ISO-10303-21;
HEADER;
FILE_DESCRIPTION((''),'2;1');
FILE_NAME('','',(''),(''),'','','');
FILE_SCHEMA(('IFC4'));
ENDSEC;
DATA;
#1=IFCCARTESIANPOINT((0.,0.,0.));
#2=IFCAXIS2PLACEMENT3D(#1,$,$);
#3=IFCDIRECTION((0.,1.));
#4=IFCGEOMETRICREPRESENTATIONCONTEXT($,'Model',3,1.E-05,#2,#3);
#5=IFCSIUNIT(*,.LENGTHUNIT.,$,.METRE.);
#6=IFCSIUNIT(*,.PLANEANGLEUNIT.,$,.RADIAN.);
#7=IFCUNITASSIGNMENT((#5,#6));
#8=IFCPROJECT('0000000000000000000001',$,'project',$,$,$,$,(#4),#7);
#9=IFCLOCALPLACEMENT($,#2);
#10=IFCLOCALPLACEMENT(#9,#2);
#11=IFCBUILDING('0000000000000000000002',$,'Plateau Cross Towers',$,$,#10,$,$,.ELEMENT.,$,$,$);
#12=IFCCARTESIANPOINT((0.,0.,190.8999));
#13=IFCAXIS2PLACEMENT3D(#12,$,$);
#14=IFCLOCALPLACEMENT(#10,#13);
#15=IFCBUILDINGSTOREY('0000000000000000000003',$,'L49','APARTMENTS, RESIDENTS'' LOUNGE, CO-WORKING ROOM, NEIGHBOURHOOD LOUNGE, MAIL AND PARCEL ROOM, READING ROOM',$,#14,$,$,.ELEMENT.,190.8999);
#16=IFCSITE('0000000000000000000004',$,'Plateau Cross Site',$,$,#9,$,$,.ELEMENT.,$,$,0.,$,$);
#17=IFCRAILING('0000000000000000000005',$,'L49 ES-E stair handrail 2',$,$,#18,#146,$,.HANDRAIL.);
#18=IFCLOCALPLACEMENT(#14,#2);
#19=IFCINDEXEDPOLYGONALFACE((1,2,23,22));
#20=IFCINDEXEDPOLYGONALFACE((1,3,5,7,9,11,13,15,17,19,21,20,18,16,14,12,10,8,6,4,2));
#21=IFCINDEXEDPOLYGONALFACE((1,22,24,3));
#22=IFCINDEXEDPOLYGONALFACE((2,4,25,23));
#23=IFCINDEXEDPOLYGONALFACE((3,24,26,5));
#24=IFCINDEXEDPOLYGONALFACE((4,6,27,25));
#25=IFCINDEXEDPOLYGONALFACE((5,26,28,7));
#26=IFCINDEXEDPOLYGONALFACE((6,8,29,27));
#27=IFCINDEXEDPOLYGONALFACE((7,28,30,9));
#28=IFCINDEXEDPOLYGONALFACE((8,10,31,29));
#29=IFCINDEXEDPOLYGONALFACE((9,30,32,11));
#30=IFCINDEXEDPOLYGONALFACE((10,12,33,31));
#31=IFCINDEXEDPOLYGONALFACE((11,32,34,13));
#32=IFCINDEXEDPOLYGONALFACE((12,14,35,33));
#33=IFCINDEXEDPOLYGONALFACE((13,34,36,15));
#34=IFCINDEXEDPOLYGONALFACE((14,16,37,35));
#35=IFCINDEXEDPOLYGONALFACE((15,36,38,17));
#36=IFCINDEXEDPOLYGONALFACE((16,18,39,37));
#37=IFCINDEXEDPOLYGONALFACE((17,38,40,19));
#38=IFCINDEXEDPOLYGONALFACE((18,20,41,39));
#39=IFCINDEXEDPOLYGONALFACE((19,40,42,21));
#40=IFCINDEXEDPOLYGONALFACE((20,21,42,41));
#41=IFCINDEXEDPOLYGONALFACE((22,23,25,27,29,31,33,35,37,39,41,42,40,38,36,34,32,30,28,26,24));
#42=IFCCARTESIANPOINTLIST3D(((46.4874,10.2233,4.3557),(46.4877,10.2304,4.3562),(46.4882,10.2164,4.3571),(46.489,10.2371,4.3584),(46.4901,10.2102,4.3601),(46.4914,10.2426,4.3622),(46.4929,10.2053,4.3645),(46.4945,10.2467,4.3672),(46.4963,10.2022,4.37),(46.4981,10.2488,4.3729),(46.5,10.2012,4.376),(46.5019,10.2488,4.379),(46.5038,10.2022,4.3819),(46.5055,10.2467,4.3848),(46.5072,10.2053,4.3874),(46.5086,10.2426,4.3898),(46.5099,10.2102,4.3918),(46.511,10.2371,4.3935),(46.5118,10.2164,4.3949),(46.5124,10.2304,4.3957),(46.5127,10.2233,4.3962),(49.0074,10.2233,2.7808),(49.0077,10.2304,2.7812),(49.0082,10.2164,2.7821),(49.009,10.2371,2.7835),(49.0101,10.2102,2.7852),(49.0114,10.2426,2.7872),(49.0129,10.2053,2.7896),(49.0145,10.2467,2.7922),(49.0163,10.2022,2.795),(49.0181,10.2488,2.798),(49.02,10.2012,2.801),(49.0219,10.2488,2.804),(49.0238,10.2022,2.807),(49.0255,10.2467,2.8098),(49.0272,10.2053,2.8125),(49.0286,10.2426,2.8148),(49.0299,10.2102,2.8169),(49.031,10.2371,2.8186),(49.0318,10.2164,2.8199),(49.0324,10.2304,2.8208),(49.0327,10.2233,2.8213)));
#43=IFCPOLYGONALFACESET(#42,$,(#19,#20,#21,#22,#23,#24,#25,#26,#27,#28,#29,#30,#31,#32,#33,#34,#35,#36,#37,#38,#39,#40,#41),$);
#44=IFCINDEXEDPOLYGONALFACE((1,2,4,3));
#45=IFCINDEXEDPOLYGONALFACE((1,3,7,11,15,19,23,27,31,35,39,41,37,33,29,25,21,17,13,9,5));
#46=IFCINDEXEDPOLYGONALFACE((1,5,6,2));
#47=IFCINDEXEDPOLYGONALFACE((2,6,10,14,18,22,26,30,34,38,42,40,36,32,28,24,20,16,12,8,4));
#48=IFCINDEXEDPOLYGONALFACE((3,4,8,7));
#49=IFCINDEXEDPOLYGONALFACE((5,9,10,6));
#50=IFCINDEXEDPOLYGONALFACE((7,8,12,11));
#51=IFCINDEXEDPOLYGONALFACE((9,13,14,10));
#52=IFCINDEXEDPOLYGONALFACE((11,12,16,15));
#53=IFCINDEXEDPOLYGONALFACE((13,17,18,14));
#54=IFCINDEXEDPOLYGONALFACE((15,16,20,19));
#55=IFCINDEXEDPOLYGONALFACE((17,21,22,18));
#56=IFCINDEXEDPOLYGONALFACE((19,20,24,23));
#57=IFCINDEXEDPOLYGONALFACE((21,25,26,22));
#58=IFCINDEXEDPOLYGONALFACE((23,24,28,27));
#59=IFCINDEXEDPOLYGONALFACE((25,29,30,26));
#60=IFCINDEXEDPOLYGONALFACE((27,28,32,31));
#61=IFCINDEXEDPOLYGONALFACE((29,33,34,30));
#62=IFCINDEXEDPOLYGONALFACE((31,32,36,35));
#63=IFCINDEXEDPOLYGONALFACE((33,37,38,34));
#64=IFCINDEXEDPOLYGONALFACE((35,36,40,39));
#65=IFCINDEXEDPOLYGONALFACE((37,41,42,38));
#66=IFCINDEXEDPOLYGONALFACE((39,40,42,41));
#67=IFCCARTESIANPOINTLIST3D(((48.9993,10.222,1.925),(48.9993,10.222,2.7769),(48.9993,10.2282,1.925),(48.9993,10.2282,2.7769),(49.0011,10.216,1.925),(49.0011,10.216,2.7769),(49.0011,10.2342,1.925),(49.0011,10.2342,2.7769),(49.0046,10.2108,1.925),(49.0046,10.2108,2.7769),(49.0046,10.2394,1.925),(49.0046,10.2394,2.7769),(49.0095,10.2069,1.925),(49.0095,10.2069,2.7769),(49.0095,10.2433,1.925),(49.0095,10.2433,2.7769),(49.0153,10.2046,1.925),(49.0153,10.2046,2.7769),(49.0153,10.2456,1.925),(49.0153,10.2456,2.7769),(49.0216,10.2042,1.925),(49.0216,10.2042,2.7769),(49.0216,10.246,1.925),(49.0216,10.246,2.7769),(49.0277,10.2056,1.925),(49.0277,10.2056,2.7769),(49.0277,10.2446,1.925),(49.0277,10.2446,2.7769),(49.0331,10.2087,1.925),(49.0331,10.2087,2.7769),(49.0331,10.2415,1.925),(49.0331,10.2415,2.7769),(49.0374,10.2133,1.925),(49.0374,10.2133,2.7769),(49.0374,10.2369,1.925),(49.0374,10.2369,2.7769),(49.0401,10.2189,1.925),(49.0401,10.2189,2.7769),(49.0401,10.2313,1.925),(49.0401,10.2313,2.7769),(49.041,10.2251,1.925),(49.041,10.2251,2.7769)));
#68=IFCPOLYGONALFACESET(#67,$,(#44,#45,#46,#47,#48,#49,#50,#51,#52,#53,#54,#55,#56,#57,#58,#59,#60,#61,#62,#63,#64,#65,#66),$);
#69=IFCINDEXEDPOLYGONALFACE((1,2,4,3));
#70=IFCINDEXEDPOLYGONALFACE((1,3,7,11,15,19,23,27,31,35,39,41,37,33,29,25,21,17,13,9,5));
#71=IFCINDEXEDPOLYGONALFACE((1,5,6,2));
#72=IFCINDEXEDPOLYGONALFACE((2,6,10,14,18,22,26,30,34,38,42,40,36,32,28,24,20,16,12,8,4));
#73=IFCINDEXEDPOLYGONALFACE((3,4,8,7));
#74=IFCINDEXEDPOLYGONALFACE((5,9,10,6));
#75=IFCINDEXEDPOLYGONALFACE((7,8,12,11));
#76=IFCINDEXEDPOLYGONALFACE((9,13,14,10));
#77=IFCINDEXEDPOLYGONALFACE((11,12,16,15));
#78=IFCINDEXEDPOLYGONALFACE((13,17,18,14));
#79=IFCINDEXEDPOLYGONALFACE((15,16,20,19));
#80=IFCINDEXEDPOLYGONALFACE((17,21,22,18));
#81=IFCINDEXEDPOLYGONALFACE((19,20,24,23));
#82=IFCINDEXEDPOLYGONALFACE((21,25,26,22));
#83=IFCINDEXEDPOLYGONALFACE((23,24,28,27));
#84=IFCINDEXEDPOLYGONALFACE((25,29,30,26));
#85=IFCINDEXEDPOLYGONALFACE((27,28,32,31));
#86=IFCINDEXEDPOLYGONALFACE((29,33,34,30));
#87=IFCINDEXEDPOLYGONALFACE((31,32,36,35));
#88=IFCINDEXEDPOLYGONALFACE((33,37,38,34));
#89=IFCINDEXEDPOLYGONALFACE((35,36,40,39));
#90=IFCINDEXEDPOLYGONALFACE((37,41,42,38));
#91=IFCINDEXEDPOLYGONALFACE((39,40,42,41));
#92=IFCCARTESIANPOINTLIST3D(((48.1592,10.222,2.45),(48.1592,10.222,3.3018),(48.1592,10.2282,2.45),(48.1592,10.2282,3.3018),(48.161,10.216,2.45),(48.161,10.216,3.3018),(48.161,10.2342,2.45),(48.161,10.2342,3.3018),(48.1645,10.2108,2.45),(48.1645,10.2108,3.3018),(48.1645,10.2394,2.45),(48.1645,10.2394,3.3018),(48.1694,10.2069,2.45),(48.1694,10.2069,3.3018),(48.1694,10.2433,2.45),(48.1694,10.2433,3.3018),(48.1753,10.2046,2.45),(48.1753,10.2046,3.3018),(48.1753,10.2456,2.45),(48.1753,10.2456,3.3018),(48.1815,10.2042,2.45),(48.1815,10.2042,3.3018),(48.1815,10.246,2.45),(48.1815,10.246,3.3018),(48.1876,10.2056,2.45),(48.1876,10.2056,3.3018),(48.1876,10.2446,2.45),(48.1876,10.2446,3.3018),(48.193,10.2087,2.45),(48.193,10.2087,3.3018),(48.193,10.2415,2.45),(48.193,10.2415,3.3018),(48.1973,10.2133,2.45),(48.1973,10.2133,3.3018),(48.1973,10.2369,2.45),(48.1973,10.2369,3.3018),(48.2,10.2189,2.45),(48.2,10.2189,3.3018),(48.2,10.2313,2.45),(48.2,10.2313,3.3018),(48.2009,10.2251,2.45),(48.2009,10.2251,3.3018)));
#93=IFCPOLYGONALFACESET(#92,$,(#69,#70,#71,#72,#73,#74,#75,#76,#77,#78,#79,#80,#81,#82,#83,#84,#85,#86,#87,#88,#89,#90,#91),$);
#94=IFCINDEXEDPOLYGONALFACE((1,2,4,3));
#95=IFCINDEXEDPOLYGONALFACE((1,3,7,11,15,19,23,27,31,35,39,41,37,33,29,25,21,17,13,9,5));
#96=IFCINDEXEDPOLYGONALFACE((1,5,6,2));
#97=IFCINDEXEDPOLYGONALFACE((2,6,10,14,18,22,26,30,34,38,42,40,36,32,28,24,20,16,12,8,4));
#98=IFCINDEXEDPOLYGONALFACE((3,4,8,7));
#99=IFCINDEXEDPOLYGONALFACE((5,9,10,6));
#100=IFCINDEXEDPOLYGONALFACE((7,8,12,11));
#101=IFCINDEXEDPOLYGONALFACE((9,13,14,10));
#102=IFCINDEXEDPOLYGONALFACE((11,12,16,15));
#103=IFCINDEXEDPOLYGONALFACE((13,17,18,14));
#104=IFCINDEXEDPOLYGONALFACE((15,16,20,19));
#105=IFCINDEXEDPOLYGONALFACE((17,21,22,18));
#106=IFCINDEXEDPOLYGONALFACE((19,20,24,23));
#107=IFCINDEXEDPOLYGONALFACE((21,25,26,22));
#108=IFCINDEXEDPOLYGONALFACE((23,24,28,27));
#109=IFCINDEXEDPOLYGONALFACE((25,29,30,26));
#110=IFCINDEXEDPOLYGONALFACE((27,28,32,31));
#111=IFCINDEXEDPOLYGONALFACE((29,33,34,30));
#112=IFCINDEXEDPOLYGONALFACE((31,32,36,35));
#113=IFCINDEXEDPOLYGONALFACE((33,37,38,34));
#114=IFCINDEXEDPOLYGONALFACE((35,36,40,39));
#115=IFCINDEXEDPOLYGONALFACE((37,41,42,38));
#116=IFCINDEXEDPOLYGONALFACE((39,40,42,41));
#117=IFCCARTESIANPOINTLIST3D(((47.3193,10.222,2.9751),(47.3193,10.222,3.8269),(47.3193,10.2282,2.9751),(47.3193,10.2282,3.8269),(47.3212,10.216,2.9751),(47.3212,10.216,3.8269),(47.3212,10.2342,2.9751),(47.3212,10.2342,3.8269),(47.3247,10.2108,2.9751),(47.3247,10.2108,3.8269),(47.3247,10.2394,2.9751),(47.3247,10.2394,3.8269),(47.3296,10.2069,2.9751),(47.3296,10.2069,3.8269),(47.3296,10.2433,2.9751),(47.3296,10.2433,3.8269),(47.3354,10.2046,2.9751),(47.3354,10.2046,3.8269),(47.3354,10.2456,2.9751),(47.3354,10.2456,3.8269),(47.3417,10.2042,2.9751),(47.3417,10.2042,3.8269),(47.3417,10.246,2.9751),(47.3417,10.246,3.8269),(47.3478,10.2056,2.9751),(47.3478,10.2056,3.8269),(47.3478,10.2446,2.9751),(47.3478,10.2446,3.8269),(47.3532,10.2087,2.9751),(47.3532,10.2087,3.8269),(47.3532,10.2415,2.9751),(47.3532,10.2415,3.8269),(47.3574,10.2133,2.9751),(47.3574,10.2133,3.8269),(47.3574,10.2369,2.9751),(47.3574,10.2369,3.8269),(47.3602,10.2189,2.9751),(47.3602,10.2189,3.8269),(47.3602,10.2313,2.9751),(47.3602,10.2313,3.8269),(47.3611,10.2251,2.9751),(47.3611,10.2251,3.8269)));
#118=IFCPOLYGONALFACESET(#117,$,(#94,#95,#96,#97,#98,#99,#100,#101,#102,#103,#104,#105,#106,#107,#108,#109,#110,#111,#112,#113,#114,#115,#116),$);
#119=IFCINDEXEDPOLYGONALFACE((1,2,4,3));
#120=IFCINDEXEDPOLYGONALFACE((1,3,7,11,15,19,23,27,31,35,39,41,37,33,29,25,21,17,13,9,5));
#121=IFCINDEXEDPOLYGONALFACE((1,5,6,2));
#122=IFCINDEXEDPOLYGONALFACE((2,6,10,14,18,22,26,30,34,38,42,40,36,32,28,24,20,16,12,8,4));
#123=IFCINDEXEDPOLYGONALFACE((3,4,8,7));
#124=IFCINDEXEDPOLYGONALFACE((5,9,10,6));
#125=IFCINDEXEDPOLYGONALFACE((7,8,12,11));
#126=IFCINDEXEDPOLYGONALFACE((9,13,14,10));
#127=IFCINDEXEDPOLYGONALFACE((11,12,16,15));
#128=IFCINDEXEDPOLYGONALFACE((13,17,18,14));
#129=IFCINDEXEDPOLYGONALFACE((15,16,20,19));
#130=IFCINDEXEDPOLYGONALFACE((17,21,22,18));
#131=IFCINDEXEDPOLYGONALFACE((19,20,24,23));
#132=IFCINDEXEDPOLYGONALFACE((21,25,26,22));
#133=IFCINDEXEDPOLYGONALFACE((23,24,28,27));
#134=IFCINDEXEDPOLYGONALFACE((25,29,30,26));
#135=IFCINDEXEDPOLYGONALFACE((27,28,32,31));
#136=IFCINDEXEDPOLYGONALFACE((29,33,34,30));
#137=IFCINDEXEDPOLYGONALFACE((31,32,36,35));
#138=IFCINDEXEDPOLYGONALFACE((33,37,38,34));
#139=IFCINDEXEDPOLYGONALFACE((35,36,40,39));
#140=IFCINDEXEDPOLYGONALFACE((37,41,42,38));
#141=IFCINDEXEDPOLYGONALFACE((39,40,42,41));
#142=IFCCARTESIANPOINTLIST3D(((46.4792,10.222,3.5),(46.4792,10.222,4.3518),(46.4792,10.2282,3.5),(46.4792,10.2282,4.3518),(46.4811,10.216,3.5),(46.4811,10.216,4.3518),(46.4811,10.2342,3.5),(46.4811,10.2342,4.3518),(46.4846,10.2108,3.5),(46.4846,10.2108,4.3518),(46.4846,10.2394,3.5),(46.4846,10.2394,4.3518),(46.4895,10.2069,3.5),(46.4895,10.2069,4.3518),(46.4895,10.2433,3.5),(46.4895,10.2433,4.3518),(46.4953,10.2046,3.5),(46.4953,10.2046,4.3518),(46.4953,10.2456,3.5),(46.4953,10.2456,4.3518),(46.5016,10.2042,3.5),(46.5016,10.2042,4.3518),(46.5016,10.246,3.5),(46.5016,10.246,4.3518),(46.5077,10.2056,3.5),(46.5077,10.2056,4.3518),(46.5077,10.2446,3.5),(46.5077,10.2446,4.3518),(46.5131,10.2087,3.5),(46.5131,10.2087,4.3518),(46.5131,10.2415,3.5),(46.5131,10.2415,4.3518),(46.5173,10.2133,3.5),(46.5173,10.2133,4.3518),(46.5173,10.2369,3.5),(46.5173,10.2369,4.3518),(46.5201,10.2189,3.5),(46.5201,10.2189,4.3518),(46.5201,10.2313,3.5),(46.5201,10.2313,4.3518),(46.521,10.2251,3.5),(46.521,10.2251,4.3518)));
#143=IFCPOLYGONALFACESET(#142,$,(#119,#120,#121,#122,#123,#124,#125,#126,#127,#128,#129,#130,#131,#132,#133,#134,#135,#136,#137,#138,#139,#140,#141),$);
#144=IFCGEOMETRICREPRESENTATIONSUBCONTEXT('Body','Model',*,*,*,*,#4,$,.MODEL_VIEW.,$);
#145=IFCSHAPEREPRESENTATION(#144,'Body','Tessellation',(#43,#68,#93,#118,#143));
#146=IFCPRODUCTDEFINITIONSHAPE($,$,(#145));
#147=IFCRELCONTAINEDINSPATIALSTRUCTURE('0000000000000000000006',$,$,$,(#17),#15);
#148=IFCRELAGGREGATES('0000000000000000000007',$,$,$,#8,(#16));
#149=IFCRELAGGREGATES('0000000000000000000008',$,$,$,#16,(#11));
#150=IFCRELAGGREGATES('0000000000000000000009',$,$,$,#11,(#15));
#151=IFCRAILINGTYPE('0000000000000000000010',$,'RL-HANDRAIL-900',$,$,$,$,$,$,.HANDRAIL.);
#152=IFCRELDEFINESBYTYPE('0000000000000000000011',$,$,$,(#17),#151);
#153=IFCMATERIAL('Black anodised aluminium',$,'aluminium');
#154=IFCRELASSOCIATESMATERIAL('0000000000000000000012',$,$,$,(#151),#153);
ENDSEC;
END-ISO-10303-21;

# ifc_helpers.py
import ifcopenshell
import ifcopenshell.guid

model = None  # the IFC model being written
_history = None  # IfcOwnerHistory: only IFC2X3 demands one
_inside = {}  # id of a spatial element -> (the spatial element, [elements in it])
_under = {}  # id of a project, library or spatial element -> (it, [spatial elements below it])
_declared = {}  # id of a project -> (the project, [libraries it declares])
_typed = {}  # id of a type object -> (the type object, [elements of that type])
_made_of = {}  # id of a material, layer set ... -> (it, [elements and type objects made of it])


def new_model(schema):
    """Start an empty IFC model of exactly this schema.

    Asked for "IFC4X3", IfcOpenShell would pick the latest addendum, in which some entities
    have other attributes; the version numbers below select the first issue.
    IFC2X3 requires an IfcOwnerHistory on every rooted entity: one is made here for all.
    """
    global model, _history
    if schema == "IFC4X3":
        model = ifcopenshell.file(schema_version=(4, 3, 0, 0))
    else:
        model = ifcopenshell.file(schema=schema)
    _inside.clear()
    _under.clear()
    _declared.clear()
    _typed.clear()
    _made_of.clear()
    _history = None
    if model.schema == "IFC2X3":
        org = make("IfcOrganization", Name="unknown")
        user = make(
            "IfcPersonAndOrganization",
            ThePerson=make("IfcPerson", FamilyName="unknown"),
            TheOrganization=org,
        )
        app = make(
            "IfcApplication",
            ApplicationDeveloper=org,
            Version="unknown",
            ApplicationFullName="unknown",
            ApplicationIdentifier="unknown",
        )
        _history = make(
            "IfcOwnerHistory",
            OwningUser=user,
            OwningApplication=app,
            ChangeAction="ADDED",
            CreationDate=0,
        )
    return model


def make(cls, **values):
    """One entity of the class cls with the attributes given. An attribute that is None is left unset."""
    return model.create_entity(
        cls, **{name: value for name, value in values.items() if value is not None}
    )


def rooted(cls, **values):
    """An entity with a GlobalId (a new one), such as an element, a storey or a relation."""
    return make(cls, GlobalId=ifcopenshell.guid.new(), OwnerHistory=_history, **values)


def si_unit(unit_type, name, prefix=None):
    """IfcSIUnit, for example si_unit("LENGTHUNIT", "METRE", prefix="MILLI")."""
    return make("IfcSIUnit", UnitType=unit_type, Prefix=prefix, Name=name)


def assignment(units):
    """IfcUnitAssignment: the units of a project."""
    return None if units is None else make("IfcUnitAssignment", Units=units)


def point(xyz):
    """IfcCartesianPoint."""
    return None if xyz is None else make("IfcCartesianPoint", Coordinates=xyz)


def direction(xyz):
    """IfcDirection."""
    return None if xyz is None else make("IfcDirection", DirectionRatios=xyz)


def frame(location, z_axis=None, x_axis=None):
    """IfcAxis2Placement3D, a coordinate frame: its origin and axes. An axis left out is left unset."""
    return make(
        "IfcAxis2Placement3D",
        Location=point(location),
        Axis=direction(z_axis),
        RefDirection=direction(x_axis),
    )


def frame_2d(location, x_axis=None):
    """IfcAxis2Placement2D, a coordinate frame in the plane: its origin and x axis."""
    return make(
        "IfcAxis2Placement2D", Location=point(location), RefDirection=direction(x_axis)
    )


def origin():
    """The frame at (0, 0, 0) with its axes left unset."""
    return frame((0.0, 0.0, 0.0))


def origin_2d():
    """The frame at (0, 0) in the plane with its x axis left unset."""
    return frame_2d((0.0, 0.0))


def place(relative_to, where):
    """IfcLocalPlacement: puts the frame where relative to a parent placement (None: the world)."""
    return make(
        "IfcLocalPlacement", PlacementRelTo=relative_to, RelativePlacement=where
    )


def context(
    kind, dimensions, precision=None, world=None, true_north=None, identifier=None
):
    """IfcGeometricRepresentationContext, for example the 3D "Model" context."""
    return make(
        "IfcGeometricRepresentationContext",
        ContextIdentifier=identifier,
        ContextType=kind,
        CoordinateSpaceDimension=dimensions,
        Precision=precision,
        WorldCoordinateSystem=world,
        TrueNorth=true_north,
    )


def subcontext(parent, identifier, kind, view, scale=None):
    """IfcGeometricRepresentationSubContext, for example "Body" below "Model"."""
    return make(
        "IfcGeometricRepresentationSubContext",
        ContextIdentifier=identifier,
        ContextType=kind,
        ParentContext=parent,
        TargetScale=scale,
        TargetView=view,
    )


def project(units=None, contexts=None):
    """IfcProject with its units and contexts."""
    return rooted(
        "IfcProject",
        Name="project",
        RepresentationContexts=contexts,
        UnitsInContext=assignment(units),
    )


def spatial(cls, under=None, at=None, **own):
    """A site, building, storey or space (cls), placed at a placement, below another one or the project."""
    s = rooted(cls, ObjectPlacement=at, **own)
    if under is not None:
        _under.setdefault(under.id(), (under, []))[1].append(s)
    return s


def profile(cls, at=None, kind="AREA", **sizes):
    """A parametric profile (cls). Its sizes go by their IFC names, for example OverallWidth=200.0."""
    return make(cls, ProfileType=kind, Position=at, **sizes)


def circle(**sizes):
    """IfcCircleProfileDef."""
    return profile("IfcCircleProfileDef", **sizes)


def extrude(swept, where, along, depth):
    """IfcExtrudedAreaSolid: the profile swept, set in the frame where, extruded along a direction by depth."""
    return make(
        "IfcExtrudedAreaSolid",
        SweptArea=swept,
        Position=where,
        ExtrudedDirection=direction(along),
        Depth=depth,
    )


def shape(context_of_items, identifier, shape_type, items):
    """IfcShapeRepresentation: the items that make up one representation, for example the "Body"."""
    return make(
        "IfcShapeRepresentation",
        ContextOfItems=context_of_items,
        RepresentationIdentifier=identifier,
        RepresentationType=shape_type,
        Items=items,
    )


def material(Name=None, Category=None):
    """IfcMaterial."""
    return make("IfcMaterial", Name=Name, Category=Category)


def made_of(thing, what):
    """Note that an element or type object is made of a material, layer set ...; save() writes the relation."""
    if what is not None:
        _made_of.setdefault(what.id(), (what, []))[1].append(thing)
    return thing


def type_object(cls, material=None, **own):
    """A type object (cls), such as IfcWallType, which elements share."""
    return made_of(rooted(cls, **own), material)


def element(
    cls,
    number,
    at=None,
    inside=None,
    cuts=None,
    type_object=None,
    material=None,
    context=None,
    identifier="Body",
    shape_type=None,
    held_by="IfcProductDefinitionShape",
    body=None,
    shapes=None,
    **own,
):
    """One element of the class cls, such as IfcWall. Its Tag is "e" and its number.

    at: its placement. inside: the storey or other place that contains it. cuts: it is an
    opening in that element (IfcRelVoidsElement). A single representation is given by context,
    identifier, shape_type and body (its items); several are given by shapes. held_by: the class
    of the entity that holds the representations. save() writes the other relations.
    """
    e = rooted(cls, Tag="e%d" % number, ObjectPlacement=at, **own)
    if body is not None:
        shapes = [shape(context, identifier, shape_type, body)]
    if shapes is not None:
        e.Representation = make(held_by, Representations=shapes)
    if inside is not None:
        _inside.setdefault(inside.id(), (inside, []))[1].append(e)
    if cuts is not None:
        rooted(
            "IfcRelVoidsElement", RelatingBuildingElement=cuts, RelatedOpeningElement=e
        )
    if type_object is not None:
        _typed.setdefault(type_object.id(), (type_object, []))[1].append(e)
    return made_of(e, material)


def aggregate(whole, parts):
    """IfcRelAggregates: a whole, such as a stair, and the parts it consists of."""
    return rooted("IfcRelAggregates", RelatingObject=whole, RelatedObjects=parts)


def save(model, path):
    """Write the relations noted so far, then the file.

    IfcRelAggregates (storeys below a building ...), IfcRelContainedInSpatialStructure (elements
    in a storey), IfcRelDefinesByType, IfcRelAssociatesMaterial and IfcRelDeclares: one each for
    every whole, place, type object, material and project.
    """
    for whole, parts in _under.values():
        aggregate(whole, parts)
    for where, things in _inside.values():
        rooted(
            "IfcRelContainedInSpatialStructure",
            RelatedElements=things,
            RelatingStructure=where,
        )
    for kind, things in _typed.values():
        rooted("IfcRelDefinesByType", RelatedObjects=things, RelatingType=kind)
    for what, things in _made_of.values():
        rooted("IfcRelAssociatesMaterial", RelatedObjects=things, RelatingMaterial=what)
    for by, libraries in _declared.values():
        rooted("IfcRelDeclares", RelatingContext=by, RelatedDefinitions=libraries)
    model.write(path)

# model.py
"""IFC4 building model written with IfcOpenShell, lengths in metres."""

from ifc_helpers import new_model, si_unit, direction, frame, origin, origin_2d, place, context, subcontext, project, spatial, circle, extrude, material, type_object, element, save


model = new_model("IFC4")

# Units and contexts
model_context = context("Model", 3, precision=1e-05, world=origin(), true_north=direction((0.0, 1.0)))
body_context = subcontext(model_context, "Body", "Model", "MODEL_VIEW")
ifc_project = project(units=[si_unit("LENGTHUNIT", "METRE"), si_unit("PLANEANGLEUNIT", "RADIAN")], contexts=[model_context])

# Site, building, storey
site_placement = place(None, origin())
site = spatial("IfcSite", under=ifc_project, at=site_placement, Name="Plateau Cross Site", CompositionType="ELEMENT", RefElevation=0.0)
building_placement = place(site_placement, origin())
building = spatial("IfcBuilding", under=site, at=building_placement, Name="Plateau Cross Towers", CompositionType="ELEMENT")
storey_placement = place(building_placement, frame((0.0, 0.0, 190.8999)))
storey = spatial("IfcBuildingStorey", under=building, at=storey_placement, Name="L49", Description="APARTMENTS, RESIDENTS' LOUNGE, CO-WORKING ROOM, NEIGHBOURHOOD LOUNGE, MAIL AND PARCEL ROOM, READING ROOM", CompositionType="ELEMENT", Elevation=190.8999)

# Shared definitions
ifc_material_1 = material(Name="Black anodised aluminium", Category="aluminium")

# Railing
railing_type_1 = type_object("IfcRailingType", Name="RL-HANDRAIL-900", PredefinedType="HANDRAIL", material=ifc_material_1)
railing_1_placement = place(storey_placement, frame((49.02, 10.2251, 1.925)))
element("IfcRailing", 1, at=railing_1_placement, inside=storey, type_object=railing_type_1, Name="L49 ES-E stair handrail 2", PredefinedType="HANDRAIL", context=body_context, shape_type="SweptSolid", body=[
    extrude(circle(Radius=0.0239, at=origin_2d()), frame((0.0, 0.0, 0.876), z_axis=(-0.848008, 0.0, 0.529984), x_axis=(0.0, -1.0, 0.0)), (0.0, 0.0, 1.0), 2.9717),
    extrude(circle(Radius=0.021, at=origin_2d()), origin(), (0.0, 0.0, 1.0), 0.8518),
    extrude(circle(Radius=0.021, at=origin_2d()), frame((-0.8401, 0.0, 0.5249)), (0.0, 0.0, 1.0), 0.8518),
    extrude(circle(Radius=0.021, at=origin_2d()), frame((-1.6799, 0.0, 1.05)), (0.0, 0.0, 1.0), 0.8518),
    extrude(circle(Radius=0.021, at=origin_2d()), frame((-2.52, 0.0, 1.575)), (0.0, 0.0, 1.0), 0.8518),
])

save(model, "model.ifc")
